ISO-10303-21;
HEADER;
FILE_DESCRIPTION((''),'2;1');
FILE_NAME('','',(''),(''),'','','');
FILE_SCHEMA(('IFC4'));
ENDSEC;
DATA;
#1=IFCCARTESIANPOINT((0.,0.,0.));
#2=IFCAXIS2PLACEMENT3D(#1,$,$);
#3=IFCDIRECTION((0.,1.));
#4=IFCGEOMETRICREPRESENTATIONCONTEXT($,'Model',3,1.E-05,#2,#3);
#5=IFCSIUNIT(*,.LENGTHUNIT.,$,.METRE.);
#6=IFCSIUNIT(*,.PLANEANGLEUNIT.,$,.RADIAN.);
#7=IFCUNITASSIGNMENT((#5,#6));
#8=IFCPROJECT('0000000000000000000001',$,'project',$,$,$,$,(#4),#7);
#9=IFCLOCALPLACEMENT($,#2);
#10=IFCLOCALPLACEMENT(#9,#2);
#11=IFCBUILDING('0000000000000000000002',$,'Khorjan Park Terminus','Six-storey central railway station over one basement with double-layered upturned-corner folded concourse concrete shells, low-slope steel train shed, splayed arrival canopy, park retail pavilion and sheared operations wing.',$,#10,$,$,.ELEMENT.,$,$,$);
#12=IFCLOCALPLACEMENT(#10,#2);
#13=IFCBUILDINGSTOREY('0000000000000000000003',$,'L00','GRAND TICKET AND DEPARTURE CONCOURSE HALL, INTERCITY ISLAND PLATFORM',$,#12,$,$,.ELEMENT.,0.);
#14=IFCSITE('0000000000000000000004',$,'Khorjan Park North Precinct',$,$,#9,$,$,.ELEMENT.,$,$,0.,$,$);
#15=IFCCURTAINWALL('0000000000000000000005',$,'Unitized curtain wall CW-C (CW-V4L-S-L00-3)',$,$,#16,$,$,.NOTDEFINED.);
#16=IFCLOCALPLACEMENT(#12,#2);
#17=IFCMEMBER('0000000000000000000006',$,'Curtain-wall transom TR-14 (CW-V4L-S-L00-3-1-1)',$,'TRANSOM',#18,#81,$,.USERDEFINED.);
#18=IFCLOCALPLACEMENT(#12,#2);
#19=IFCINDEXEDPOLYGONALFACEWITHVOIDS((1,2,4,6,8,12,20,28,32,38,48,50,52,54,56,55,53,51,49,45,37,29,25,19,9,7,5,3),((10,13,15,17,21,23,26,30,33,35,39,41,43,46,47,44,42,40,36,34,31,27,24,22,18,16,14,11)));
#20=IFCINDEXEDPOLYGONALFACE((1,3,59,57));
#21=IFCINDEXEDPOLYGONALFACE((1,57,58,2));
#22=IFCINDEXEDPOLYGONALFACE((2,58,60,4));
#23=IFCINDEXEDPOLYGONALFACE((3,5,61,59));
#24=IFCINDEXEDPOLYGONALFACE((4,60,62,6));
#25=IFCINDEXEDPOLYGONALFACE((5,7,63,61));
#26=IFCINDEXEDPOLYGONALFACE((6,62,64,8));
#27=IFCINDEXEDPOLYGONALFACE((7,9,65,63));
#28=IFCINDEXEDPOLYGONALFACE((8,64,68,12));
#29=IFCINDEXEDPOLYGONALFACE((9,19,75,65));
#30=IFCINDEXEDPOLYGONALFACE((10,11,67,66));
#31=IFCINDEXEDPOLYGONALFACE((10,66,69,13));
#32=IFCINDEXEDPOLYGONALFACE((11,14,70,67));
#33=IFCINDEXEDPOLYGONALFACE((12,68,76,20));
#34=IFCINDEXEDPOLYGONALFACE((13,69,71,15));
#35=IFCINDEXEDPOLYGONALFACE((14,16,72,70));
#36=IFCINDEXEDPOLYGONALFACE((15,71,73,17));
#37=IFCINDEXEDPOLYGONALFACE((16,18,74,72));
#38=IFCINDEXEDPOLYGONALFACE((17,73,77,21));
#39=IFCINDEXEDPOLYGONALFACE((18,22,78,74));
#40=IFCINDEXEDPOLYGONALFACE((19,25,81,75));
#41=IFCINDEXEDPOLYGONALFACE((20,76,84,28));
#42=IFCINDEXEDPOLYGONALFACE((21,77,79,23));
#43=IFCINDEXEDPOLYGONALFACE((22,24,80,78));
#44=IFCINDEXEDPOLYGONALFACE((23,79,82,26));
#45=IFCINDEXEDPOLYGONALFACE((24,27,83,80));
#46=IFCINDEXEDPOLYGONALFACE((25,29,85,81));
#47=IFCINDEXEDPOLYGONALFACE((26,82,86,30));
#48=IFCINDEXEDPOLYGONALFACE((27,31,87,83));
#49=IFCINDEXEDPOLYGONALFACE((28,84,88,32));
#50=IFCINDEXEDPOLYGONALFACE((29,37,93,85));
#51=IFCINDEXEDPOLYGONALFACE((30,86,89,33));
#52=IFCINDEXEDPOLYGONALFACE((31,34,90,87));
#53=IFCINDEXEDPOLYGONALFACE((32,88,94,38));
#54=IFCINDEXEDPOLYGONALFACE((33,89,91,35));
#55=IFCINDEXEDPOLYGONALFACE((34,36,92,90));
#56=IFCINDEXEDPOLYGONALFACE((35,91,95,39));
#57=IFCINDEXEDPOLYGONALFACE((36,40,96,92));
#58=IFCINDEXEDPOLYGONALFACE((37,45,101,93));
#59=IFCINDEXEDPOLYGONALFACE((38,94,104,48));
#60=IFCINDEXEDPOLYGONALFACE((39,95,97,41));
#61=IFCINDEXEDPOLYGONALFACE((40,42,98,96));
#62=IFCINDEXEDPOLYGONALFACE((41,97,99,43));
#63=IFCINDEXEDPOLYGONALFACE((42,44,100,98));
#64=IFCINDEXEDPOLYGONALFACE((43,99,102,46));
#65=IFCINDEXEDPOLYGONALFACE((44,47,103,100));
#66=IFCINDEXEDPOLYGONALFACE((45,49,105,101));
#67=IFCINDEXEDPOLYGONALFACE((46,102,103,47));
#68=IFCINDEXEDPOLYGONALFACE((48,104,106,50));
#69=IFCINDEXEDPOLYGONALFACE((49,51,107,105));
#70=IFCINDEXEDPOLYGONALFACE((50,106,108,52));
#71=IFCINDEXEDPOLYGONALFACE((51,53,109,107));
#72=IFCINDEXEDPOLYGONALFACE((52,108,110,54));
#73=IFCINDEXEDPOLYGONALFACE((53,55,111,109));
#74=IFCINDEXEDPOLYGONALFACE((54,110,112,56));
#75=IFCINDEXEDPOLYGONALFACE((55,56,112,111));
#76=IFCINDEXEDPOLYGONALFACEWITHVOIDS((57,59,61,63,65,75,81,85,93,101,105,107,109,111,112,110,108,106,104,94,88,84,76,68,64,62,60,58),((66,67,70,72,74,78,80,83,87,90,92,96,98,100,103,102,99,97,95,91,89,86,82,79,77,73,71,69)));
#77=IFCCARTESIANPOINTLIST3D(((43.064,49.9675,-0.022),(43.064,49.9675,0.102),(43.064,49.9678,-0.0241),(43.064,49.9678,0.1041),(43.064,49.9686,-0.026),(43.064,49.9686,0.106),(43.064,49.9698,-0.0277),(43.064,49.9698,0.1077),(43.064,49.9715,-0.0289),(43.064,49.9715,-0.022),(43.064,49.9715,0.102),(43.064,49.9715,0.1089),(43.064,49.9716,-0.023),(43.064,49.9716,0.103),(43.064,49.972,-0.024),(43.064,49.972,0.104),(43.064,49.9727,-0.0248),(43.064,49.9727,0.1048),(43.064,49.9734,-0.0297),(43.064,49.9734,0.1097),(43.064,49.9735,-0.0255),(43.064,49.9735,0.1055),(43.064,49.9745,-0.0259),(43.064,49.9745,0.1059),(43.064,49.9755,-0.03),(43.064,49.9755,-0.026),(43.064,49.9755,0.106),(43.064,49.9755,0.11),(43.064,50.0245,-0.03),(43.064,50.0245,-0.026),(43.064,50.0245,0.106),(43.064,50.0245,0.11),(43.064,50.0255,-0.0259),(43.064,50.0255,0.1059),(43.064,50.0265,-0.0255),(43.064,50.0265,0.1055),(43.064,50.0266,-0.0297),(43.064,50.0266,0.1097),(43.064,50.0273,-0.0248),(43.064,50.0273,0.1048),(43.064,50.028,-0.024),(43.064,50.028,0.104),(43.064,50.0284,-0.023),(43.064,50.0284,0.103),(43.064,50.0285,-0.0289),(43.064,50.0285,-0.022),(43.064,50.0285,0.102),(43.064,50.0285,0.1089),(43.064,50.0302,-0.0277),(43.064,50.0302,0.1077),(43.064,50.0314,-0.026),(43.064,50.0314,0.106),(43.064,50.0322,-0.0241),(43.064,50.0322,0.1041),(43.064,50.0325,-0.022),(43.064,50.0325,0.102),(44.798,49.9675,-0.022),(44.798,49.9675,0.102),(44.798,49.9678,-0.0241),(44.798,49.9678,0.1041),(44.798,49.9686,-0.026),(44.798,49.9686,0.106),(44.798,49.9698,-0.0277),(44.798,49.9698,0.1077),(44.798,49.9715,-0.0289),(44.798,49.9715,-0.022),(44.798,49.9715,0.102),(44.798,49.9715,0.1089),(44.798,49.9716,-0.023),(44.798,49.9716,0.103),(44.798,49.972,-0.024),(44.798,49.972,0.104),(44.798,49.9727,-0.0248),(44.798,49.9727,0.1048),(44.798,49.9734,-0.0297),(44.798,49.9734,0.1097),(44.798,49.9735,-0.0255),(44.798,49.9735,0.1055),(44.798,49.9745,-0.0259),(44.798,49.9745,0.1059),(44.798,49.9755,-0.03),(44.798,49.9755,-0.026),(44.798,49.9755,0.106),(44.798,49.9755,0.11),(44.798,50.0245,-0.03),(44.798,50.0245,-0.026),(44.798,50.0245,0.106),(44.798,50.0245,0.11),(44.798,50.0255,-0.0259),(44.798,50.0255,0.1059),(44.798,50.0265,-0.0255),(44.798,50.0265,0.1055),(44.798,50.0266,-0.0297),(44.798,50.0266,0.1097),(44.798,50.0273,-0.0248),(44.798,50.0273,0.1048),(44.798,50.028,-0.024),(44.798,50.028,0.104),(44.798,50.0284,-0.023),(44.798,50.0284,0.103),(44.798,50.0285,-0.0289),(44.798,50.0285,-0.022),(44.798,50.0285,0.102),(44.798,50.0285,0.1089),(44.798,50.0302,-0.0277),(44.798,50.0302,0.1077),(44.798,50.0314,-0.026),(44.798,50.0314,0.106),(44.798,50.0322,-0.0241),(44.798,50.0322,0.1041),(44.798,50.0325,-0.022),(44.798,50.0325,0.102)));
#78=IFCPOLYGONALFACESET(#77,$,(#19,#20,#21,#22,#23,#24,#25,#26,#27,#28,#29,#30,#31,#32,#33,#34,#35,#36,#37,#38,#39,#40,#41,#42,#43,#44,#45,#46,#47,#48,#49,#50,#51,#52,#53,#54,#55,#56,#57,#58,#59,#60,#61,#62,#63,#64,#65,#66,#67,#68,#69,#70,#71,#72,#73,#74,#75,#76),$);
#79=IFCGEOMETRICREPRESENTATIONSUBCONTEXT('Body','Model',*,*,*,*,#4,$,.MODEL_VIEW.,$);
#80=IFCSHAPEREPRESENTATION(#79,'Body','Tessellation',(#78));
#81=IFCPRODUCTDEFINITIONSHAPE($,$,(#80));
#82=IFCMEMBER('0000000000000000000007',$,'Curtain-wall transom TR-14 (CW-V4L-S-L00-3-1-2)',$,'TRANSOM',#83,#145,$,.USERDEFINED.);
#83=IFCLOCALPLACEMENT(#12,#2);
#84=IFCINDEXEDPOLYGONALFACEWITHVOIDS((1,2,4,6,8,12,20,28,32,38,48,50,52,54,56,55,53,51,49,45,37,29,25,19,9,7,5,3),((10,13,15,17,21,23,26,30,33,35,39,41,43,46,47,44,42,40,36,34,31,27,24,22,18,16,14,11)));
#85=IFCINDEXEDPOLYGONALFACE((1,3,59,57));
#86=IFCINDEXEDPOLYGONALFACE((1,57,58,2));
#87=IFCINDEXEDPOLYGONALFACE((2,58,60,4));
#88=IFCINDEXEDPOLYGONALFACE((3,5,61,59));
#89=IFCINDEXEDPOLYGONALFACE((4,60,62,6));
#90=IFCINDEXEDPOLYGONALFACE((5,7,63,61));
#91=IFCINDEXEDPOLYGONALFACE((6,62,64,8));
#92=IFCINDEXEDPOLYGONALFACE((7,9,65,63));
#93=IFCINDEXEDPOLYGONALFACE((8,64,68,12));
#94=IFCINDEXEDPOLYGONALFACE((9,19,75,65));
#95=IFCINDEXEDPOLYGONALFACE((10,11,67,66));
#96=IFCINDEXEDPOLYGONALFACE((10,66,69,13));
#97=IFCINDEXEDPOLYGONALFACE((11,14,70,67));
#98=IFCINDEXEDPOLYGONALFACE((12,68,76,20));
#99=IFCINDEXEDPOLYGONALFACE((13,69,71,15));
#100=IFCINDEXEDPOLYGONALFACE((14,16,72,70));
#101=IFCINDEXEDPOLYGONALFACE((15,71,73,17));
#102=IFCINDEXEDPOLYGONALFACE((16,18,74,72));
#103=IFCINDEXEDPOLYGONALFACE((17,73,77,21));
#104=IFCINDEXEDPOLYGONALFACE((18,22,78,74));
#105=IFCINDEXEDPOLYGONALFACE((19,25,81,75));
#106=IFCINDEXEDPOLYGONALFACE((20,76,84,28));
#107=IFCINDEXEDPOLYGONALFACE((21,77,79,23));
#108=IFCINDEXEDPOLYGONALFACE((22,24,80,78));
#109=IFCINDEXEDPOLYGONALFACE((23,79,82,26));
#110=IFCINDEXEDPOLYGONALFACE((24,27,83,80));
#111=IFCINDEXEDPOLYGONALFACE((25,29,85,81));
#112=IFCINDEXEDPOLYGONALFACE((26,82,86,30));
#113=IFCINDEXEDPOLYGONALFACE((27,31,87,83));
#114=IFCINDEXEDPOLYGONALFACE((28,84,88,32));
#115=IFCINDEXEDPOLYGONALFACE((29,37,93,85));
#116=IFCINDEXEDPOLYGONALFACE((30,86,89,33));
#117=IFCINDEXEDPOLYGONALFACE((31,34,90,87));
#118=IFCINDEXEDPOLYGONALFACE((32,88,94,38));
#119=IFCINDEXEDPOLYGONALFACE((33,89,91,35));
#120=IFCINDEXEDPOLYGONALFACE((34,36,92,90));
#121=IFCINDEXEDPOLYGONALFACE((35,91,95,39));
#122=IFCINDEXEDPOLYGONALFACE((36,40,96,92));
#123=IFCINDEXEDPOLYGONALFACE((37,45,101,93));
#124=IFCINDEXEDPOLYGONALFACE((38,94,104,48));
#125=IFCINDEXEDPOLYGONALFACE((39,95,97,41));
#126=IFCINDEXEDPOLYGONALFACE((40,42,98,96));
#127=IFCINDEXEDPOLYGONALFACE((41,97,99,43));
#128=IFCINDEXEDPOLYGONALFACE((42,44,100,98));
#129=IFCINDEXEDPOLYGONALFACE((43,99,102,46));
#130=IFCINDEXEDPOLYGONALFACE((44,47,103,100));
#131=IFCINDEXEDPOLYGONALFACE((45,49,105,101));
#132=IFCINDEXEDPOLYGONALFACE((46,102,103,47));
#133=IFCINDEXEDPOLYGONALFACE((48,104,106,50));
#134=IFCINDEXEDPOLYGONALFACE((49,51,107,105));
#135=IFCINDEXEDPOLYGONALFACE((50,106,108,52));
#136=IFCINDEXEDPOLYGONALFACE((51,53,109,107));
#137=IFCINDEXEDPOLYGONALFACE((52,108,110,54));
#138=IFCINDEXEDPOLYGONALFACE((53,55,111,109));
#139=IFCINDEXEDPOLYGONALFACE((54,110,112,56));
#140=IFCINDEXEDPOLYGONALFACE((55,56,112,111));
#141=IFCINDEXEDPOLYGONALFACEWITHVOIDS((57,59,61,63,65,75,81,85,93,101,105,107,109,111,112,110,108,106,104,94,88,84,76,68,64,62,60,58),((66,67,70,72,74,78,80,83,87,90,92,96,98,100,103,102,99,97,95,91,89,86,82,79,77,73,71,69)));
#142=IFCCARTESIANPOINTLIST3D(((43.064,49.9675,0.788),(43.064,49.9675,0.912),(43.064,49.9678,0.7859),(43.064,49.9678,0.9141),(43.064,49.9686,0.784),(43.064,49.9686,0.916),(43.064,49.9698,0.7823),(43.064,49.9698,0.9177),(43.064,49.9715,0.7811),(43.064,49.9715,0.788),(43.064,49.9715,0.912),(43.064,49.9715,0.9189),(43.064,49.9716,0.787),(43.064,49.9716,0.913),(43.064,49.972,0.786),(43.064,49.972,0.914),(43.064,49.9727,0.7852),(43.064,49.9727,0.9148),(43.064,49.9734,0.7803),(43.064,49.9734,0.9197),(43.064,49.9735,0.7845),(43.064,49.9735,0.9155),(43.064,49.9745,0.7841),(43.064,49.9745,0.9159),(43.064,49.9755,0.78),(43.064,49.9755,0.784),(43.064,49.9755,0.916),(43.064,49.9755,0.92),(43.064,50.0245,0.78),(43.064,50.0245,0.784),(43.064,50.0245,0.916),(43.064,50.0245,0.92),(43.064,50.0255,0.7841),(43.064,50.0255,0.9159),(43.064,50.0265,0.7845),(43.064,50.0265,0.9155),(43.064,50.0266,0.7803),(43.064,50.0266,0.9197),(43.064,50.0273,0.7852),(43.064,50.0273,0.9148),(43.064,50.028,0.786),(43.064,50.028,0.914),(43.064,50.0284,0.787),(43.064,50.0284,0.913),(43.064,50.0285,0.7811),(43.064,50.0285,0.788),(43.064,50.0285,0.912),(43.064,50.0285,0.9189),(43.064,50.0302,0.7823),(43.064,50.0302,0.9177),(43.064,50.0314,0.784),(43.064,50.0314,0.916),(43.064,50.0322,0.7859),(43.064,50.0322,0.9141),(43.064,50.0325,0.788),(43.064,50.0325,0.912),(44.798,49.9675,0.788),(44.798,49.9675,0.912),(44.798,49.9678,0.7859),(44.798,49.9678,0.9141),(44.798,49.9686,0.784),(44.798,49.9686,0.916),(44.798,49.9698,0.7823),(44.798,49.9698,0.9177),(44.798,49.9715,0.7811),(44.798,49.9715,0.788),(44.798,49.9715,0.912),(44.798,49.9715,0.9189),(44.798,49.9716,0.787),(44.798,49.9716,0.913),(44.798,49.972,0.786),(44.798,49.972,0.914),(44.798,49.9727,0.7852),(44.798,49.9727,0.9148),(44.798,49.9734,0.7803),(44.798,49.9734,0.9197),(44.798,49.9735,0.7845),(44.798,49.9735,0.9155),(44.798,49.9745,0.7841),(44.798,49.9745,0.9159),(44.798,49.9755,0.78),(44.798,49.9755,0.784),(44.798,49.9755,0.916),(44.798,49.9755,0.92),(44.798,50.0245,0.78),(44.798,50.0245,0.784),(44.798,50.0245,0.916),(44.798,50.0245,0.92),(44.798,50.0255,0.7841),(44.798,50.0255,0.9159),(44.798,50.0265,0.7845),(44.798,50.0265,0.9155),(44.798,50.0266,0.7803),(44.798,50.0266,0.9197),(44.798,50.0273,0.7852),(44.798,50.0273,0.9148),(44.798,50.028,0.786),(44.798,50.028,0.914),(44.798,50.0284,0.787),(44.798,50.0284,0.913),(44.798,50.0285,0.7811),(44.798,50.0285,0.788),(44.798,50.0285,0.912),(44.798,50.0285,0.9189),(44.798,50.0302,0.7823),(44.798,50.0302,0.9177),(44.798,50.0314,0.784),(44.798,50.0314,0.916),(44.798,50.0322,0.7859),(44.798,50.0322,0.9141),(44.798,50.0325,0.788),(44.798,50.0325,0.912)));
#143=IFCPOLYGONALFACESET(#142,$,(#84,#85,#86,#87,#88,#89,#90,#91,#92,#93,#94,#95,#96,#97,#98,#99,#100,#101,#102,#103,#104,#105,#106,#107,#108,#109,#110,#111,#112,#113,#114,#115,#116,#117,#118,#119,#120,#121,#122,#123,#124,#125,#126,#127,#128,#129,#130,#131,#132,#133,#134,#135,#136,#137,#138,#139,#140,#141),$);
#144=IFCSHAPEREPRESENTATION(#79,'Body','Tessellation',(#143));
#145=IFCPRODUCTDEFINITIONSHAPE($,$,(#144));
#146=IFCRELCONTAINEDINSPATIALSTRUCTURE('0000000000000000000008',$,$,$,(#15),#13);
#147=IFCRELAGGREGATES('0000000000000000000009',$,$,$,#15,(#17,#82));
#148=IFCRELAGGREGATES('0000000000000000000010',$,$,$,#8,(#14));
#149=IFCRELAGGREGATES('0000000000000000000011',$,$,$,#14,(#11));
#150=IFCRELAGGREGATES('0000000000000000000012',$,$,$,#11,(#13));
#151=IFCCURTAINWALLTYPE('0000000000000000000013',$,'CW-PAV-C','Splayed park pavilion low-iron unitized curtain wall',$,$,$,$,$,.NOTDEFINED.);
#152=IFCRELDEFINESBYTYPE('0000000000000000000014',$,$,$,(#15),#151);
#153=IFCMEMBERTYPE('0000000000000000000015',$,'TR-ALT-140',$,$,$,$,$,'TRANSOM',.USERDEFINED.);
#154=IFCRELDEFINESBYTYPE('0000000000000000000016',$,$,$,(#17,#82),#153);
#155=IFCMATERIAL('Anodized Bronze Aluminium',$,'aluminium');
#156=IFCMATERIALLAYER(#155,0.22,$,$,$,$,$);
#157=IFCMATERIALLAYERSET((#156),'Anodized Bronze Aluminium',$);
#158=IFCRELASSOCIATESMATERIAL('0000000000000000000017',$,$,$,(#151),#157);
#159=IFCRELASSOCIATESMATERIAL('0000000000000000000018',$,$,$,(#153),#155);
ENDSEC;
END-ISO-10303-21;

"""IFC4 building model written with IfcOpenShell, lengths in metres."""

from ifc_helpers import new_model, si_unit, direction, frame, origin, origin_2d, place, context, subcontext, project, spatial, hollow_rectangle, extrude, material, layer, layer_set, material_profile, profile_set, type_object, element, aggregate, save


model = new_model("IFC4")

# Units and contexts
model_context = context("Model", 3, precision=1e-05, world=origin(), true_north=direction((0.0, 1.0)))
body_context = subcontext(model_context, "Body", "Model", "MODEL_VIEW")
ifc_project = project(units=[si_unit("LENGTHUNIT", "METRE"), si_unit("PLANEANGLEUNIT", "RADIAN")], contexts=[model_context])

# Site, building, storey
site_placement = place(None, origin())
site = spatial("IfcSite", under=ifc_project, at=site_placement, Name="Khorjan Park North Precinct", CompositionType="ELEMENT", RefElevation=0.0)
building_placement = place(site_placement, origin())
building = spatial("IfcBuilding", under=site, at=building_placement, Name="Khorjan Park Terminus", Description="Six-storey central railway station over one basement with double-layered upturned-corner folded concourse concrete shells, low-slope steel train shed, splayed arrival canopy, park retail pavilion and sheared operations wing.", CompositionType="ELEMENT")
storey_placement = place(building_placement, origin())
storey = spatial("IfcBuildingStorey", under=building, at=storey_placement, Name="L00", Description="GRAND TICKET AND DEPARTURE CONCOURSE HALL, INTERCITY ISLAND PLATFORM", CompositionType="ELEMENT", Elevation=0.0)

# Shared definitions
ifc_material_1 = material(Name="Anodized Bronze Aluminium", Category="aluminium")
ifc_layer_1 = layer(ifc_material_1, 0.22)
ifc_layer_set_1 = layer_set([ifc_layer_1], Name="Anodized Bronze Aluminium")
curtain_wall_type = type_object("IfcCurtainWallType", Name="CW-PAV-C", Description="Splayed park pavilion low-iron unitized curtain wall", PredefinedType="NOTDEFINED", material=ifc_layer_set_1)

# Curtain wall, members
curtain_wall_1_placement = place(storey_placement, origin())
curtain_wall_1 = element("IfcCurtainWall", 1, at=curtain_wall_1_placement, inside=storey, type_object=curtain_wall_type, Name="Unitized curtain wall CW-C (CW-V4L-S-L00-3)", PredefinedType="NOTDEFINED")
ifc_material_profile_1 = material_profile(ifc_material_1, hollow_rectangle(XDim=0.065, YDim=0.14, WallThickness=0.004, InnerFilletRadius=0.004, OuterFilletRadius=0.008, at=origin_2d()), Name="ALT 65x140x4")
ifc_profile_set_1 = profile_set([ifc_material_profile_1], Name="Anodized Bronze Aluminium")
member_type_1 = type_object("IfcMemberType", Name="TR-ALT-140", ElementType="TRANSOM", PredefinedType="USERDEFINED", material=ifc_profile_set_1)
member_1_placement = place(storey_placement, frame((43.064, 50.0, 0.04), z_axis=(1.0, 0.0, 0.0), x_axis=(0.0, 1.0, 0.0)))
member_1 = element("IfcMember", 2, at=member_1_placement, type_object=member_type_1, Name="Curtain-wall transom TR-14 (CW-V4L-S-L00-3-1-1)", ObjectType="TRANSOM", PredefinedType="USERDEFINED", context=body_context, shape_type="SweptSolid", body=[
    extrude(hollow_rectangle(XDim=0.065, YDim=0.14, WallThickness=0.004, InnerFilletRadius=0.004, OuterFilletRadius=0.008, at=origin_2d()), origin(), (0.0, 0.0, 1.0), 1.734),
])
member_2_placement = place(storey_placement, frame((43.064, 50.0, 0.85), z_axis=(1.0, 0.0, 0.0), x_axis=(0.0, 1.0, 0.0)))
member_2 = element("IfcMember", 3, at=member_2_placement, type_object=member_type_1, Name="Curtain-wall transom TR-14 (CW-V4L-S-L00-3-1-2)", ObjectType="TRANSOM", PredefinedType="USERDEFINED", context=body_context, shape_type="SweptSolid", body=[
    extrude(hollow_rectangle(XDim=0.065, YDim=0.14, WallThickness=0.004, InnerFilletRadius=0.004, OuterFilletRadius=0.008, at=origin_2d()), origin(), (0.0, 0.0, 1.0), 1.734),
])
aggregate(curtain_wall_1, [member_1, member_2])

save(model, "model.ifc")
